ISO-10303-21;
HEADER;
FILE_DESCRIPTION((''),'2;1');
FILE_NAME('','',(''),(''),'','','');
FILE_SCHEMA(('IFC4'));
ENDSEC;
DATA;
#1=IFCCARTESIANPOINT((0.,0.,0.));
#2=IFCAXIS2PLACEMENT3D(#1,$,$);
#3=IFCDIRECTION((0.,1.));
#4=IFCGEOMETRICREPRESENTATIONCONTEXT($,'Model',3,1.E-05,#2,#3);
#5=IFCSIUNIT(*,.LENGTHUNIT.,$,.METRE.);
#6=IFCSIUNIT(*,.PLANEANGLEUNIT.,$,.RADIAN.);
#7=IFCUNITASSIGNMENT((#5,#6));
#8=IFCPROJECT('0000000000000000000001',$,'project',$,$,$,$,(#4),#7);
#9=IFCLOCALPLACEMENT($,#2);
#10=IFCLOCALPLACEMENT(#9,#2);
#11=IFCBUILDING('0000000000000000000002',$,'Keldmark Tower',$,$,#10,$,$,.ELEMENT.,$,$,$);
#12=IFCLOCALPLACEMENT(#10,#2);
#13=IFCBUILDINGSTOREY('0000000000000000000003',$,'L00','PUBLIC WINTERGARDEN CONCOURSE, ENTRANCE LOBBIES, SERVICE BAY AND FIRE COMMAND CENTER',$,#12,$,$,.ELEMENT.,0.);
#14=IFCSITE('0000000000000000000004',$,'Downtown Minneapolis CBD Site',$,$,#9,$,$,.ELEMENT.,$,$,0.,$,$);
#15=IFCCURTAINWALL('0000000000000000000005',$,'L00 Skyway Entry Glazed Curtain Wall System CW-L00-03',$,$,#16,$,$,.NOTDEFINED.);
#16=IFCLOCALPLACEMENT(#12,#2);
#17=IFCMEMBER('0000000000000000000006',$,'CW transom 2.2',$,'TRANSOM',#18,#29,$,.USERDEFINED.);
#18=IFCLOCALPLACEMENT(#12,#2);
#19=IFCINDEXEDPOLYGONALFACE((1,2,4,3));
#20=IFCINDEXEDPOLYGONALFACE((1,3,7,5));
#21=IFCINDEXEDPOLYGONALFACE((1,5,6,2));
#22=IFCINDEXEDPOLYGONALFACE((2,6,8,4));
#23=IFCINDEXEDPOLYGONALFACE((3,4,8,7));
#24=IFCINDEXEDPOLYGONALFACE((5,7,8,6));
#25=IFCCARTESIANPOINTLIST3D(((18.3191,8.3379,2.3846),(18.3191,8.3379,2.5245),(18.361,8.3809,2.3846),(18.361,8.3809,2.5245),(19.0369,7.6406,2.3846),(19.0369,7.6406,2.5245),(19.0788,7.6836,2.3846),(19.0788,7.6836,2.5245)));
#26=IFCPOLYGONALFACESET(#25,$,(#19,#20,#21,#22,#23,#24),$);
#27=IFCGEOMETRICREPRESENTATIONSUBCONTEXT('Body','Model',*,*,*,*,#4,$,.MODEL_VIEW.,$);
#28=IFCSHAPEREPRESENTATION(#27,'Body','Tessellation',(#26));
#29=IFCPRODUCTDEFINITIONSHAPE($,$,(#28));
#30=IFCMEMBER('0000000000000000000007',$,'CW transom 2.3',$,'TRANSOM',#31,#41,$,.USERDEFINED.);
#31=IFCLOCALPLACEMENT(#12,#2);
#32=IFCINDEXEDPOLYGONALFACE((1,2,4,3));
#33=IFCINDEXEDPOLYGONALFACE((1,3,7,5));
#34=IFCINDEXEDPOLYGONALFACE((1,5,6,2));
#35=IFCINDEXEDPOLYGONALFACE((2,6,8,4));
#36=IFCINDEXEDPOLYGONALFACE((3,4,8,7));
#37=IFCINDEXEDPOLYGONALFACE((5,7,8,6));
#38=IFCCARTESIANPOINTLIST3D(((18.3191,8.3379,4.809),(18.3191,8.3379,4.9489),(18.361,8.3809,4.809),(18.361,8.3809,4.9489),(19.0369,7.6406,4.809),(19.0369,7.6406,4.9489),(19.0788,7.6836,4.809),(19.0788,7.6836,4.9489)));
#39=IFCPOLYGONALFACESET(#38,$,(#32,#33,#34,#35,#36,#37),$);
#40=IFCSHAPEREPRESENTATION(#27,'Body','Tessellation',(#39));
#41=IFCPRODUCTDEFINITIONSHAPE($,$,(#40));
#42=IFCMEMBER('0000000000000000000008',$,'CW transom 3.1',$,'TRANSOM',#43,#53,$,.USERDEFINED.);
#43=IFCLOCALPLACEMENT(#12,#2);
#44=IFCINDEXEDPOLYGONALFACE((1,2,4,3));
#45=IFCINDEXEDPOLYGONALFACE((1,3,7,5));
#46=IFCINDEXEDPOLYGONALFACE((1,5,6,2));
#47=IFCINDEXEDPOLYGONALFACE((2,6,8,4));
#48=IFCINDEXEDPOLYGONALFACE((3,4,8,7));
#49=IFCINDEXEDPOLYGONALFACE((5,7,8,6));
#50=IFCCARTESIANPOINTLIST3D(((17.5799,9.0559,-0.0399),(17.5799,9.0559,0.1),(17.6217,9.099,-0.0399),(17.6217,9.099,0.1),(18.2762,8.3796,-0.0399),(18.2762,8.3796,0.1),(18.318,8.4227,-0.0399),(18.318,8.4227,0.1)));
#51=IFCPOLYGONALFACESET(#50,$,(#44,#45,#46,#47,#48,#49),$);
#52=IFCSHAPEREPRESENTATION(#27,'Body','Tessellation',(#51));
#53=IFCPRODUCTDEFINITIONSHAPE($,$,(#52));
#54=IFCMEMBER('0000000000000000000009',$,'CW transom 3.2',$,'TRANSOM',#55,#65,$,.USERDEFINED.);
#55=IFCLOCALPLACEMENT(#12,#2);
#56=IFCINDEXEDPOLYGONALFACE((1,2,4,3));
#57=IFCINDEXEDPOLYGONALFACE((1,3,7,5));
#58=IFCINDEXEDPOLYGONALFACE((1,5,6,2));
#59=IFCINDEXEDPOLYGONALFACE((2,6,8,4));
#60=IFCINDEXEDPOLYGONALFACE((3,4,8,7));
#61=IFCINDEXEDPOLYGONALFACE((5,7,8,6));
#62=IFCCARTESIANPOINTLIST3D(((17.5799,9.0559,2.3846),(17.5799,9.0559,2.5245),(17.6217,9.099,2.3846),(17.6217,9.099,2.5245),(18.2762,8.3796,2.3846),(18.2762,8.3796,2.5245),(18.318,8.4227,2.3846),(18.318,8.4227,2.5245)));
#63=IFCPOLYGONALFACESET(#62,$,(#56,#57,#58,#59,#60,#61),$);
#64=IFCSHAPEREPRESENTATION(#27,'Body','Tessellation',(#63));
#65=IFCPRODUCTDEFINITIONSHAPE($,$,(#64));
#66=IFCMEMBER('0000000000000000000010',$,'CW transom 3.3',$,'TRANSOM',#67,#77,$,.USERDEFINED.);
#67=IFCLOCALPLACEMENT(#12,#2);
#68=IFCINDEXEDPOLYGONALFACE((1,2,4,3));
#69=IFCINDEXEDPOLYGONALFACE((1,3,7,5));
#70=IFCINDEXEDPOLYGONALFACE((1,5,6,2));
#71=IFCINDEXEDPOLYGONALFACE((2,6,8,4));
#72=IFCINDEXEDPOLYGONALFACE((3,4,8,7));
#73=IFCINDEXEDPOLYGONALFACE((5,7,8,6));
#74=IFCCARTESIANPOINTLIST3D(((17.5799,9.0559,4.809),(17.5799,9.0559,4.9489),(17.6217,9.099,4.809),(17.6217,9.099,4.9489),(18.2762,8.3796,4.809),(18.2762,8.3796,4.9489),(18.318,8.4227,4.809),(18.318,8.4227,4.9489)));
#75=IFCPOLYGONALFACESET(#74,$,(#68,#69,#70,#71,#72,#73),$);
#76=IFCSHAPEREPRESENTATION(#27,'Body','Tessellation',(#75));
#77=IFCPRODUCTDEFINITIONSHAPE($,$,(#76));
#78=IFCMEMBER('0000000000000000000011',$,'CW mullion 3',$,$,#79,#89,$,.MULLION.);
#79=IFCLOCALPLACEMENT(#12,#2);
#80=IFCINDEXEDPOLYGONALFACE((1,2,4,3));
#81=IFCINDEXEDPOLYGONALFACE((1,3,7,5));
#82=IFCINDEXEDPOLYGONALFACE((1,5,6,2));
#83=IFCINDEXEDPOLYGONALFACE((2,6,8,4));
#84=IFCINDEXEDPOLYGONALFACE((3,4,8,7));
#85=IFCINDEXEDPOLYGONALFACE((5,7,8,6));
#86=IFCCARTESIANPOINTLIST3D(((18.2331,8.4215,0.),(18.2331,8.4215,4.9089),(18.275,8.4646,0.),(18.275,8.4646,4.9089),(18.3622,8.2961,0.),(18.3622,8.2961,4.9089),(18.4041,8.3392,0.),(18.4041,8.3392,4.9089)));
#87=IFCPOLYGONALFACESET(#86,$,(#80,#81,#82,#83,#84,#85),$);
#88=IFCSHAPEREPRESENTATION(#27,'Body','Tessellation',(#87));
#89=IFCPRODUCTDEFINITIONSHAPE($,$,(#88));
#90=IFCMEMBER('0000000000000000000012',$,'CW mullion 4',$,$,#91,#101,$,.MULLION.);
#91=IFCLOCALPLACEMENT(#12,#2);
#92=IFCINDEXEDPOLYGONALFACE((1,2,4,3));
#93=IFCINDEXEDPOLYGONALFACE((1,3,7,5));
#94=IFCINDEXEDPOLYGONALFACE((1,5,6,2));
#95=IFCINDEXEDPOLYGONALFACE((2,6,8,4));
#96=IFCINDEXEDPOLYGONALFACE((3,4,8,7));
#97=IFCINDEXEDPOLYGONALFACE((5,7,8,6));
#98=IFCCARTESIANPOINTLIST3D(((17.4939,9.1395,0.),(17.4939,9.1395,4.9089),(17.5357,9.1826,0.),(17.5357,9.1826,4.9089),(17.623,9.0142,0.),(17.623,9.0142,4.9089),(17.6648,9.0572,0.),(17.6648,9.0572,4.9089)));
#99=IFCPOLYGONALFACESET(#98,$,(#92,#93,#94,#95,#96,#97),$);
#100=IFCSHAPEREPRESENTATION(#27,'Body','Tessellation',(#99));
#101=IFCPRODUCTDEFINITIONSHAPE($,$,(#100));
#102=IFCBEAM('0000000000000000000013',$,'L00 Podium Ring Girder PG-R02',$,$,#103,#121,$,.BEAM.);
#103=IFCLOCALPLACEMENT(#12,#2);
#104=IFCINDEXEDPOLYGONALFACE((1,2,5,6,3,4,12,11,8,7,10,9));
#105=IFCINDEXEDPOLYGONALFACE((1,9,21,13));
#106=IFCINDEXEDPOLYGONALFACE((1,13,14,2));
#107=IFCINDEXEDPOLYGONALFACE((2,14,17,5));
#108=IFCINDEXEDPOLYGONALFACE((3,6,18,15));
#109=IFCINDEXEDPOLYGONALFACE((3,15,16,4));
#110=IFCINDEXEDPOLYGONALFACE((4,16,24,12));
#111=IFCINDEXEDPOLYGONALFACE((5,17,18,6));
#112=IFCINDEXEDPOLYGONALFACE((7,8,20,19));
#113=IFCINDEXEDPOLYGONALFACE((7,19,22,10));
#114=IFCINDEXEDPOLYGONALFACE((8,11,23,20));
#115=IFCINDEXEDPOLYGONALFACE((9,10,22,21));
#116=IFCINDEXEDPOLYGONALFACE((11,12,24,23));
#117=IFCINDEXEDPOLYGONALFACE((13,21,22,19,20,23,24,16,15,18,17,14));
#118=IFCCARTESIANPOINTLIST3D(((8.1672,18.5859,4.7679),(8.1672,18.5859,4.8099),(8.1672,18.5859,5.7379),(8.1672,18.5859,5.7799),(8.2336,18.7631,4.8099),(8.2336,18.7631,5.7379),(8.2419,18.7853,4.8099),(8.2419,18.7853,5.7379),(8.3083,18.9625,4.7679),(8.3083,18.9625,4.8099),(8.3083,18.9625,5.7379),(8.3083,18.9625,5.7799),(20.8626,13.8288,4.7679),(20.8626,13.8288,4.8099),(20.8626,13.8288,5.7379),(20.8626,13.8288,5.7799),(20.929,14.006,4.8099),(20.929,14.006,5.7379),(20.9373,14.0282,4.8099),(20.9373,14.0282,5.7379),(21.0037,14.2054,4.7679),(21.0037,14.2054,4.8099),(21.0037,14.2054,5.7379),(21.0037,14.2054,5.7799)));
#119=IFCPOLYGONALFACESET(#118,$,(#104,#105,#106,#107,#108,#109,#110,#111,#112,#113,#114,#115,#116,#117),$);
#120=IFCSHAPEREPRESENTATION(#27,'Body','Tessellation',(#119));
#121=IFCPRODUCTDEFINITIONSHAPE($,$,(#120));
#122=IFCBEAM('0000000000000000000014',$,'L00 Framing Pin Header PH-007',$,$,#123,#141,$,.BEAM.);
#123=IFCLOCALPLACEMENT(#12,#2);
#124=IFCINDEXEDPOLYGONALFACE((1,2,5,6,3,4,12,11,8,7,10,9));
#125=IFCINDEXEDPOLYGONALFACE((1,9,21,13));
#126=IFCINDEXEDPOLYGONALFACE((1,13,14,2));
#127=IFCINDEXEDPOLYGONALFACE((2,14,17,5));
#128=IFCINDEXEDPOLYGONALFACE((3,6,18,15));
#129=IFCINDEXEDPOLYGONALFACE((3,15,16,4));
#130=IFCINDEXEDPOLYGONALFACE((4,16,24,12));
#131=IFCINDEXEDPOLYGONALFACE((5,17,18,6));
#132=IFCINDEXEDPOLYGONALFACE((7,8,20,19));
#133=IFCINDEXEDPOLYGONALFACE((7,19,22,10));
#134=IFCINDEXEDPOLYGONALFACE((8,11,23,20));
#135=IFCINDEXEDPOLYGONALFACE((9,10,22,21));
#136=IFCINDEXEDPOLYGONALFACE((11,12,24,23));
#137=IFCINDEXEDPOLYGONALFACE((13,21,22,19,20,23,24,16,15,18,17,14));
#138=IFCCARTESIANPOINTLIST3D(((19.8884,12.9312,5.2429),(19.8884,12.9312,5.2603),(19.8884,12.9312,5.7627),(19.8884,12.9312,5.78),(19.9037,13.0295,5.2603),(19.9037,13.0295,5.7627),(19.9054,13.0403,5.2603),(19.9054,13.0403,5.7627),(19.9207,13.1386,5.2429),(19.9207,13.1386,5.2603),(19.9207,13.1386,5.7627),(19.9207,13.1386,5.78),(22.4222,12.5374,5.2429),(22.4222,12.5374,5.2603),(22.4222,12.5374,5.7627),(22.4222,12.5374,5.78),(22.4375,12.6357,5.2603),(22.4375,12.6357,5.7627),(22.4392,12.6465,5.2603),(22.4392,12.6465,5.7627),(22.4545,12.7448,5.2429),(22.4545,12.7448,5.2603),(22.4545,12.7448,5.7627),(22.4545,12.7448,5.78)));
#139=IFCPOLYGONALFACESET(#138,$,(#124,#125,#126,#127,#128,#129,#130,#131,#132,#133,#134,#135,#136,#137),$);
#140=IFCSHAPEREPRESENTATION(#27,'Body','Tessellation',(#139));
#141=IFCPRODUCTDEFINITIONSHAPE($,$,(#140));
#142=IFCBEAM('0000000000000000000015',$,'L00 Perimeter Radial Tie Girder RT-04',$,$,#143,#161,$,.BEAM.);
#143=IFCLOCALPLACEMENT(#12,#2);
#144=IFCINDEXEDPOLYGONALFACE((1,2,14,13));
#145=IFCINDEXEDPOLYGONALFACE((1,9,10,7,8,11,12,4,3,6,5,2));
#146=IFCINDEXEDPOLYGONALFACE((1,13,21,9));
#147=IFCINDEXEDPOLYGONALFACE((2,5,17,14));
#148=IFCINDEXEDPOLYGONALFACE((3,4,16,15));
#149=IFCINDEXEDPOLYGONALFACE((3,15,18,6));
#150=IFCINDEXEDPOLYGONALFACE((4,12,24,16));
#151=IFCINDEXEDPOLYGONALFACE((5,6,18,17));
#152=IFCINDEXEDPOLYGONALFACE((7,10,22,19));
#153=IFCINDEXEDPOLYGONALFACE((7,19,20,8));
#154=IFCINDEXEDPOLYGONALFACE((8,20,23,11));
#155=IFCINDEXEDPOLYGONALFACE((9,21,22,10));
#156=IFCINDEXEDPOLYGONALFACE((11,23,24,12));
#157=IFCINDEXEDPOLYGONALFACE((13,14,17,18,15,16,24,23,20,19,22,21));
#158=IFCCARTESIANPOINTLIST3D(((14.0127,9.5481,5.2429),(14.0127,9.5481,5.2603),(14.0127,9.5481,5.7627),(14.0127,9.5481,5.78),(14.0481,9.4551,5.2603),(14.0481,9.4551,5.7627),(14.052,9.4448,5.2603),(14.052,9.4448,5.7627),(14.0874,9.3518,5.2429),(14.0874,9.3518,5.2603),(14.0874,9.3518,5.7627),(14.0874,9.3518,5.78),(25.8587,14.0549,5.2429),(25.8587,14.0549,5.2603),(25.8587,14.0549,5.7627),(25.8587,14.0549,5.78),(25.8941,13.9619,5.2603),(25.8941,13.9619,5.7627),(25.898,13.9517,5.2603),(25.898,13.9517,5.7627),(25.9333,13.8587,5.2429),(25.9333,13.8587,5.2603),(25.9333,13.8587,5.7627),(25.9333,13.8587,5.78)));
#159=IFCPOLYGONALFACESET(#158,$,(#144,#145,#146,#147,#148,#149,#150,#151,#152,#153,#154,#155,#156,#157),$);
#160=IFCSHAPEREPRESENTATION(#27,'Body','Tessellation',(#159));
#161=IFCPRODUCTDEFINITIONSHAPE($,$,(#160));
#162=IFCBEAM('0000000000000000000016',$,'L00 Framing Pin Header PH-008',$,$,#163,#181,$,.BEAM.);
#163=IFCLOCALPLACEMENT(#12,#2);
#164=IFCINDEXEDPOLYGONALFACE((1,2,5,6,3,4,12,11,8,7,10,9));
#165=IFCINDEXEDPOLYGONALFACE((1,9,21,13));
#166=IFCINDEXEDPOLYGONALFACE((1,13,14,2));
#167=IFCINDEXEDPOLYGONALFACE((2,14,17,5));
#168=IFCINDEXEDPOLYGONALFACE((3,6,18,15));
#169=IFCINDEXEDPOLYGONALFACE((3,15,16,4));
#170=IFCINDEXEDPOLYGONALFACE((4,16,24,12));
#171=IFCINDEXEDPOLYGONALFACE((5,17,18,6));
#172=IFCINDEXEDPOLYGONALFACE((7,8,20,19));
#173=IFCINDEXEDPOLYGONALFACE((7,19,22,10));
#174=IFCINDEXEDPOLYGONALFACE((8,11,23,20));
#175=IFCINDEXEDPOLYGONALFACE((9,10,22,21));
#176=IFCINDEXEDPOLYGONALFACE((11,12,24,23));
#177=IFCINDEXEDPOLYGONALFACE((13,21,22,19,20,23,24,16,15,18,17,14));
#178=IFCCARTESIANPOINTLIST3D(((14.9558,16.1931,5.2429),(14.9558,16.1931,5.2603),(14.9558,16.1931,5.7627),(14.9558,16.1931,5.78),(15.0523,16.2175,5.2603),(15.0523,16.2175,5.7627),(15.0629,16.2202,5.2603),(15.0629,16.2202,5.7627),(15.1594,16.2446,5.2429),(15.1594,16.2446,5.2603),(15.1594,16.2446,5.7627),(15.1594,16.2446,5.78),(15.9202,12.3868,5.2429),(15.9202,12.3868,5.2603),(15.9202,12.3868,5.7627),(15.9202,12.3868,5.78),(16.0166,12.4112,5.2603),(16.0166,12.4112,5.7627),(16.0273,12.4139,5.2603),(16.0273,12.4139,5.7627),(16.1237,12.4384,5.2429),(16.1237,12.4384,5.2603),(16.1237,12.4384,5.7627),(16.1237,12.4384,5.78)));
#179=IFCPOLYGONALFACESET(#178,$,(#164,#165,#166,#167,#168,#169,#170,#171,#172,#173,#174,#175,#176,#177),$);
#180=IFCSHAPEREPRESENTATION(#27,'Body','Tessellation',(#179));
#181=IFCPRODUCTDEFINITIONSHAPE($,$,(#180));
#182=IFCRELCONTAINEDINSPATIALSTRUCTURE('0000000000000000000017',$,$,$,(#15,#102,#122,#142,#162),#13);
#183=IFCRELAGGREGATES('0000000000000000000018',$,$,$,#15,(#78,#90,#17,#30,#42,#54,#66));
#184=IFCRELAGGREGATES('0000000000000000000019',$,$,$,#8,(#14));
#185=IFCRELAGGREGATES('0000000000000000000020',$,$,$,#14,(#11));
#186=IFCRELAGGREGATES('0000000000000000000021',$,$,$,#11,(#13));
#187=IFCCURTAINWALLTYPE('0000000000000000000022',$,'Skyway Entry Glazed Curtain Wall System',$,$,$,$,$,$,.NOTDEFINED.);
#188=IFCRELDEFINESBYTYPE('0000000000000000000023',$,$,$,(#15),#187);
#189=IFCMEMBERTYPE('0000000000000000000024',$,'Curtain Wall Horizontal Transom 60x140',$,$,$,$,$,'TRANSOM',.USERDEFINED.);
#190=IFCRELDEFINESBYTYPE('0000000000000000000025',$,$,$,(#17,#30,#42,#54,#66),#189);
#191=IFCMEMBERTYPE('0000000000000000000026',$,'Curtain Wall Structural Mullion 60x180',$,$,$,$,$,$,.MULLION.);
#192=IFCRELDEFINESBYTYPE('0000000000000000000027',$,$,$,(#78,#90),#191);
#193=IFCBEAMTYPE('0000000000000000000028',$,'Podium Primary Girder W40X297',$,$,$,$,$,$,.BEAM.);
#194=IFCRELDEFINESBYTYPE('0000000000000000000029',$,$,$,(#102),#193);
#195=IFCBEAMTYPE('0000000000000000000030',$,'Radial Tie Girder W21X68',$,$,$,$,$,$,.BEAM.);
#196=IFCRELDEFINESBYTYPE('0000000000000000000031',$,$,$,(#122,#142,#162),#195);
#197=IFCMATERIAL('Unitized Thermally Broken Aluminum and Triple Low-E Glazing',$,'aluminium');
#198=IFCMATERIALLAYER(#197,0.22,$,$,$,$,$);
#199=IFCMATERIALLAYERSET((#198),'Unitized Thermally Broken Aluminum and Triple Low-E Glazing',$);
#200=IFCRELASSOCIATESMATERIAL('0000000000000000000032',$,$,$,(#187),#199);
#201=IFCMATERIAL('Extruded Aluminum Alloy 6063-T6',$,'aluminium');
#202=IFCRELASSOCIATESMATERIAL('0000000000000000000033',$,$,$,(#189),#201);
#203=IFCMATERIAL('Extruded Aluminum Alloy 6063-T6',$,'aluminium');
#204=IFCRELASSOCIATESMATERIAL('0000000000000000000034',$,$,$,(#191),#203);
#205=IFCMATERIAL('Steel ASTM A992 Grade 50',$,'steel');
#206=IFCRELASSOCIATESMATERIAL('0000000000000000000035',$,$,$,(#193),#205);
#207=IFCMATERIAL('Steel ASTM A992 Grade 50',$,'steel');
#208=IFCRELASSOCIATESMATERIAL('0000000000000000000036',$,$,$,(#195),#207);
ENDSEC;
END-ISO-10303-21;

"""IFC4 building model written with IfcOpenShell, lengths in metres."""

from ifc_helpers import new_model, si_unit, direction, frame, origin, origin_2d, place, context, subcontext, project, spatial, rectangle, i_section, extrude, material, layer, layer_set, material_profile, profile_set, type_object, element, aggregate, save


model = new_model("IFC4")

# Units and contexts
model_context = context("Model", 3, precision=1e-05, world=origin(), true_north=direction((0.0, 1.0)))
body_context = subcontext(model_context, "Body", "Model", "MODEL_VIEW")
ifc_project = project(units=[si_unit("LENGTHUNIT", "METRE"), si_unit("PLANEANGLEUNIT", "RADIAN")], contexts=[model_context])

# Site, building, storey
site_placement = place(None, origin())
site = spatial("IfcSite", under=ifc_project, at=site_placement, Name="Downtown Minneapolis CBD Site", CompositionType="ELEMENT", RefElevation=0.0)
building_placement = place(site_placement, origin())
building = spatial("IfcBuilding", under=site, at=building_placement, Name="Keldmark Tower", CompositionType="ELEMENT")
storey_placement = place(building_placement, origin())
storey = spatial("IfcBuildingStorey", under=building, at=storey_placement, Name="L00", Description="PUBLIC WINTERGARDEN CONCOURSE, ENTRANCE LOBBIES, SERVICE BAY AND FIRE COMMAND CENTER", CompositionType="ELEMENT", Elevation=0.0)

# Curtain wall, members
ifc_material_1 = material(Name="Unitized Thermally Broken Aluminum and Triple Low-E Glazing", Category="aluminium")
ifc_layer_1 = layer(ifc_material_1, 0.22)
ifc_layer_set_1 = layer_set([ifc_layer_1], Name="Unitized Thermally Broken Aluminum and Triple Low-E Glazing")
curtain_wall_type = type_object("IfcCurtainWallType", Name="Skyway Entry Glazed Curtain Wall System", PredefinedType="NOTDEFINED", material=ifc_layer_set_1)
curtain_wall_placement = place(storey_placement, origin())
curtain_wall = element("IfcCurtainWall", 1, at=curtain_wall_placement, inside=storey, type_object=curtain_wall_type, Name="L00 Skyway Entry Glazed Curtain Wall System CW-L00-03", PredefinedType="NOTDEFINED")
ifc_material_2 = material(Name="Extruded Aluminum Alloy 6063-T6", Category="aluminium")
ifc_material_profile_1 = material_profile(ifc_material_2, rectangle(XDim=0.0601, YDim=0.1399, at=origin_2d()), Name="CWT60X140")
ifc_profile_set_1 = profile_set([ifc_material_profile_1], Name="Extruded Aluminum Alloy 6063-T6")
member_type_1 = type_object("IfcMemberType", Name="Curtain Wall Horizontal Transom 60x140", ElementType="TRANSOM", PredefinedType="USERDEFINED", material=ifc_profile_set_1)
member_1_placement = place(storey_placement, frame((19.0579, 7.6621, 2.4546), z_axis=(-0.717279, 0.696786, 0.0), x_axis=(-0.696786, -0.717279, 0.0)))
member_1 = element("IfcMember", 2, at=member_1_placement, type_object=member_type_1, Name="CW transom 2.2", ObjectType="TRANSOM", PredefinedType="USERDEFINED", context=body_context, shape_type="SweptSolid", body=[
    extrude(rectangle(XDim=0.0601, YDim=0.1399, at=origin_2d()), origin(), (0.0, 0.0, 1.0), 1.0007),
])
member_2_placement = place(storey_placement, frame((19.0579, 7.6621, 4.8789), z_axis=(-0.717279, 0.696786, 0.0), x_axis=(-0.696786, -0.717279, 0.0)))
member_2 = element("IfcMember", 3, at=member_2_placement, type_object=member_type_1, Name="CW transom 2.3", ObjectType="TRANSOM", PredefinedType="USERDEFINED", context=body_context, shape_type="SweptSolid", body=[
    extrude(rectangle(XDim=0.0601, YDim=0.1399, at=origin_2d()), origin(), (0.0, 0.0, 1.0), 1.0007),
])
member_3_placement = place(storey_placement, frame((18.2971, 8.4011, 0.03), z_axis=(-0.717344, 0.696719, 0.0), x_axis=(-0.696719, -0.717344, 0.0)))
member_3 = element("IfcMember", 4, at=member_3_placement, type_object=member_type_1, Name="CW transom 3.1", ObjectType="TRANSOM", PredefinedType="USERDEFINED", context=body_context, shape_type="SweptSolid", body=[
    extrude(rectangle(XDim=0.0601, YDim=0.1399, at=origin_2d()), origin(), (0.0, 0.0, 1.0), 0.9707),
])
member_4_placement = place(storey_placement, frame((18.2971, 8.4011, 2.4546), z_axis=(-0.717344, 0.696719, 0.0), x_axis=(-0.696719, -0.717344, 0.0)))
member_4 = element("IfcMember", 5, at=member_4_placement, type_object=member_type_1, Name="CW transom 3.2", ObjectType="TRANSOM", PredefinedType="USERDEFINED", context=body_context, shape_type="SweptSolid", body=[
    extrude(rectangle(XDim=0.0601, YDim=0.1399, at=origin_2d()), origin(), (0.0, 0.0, 1.0), 0.9707),
])
member_5_placement = place(storey_placement, frame((18.2971, 8.4011, 4.8789), z_axis=(-0.717344, 0.696719, 0.0), x_axis=(-0.696719, -0.717344, 0.0)))
member_5 = element("IfcMember", 6, at=member_5_placement, type_object=member_type_1, Name="CW transom 3.3", ObjectType="TRANSOM", PredefinedType="USERDEFINED", context=body_context, shape_type="SweptSolid", body=[
    extrude(rectangle(XDim=0.0601, YDim=0.1399, at=origin_2d()), origin(), (0.0, 0.0, 1.0), 0.9707),
])
ifc_material_3 = material(Name="Extruded Aluminum Alloy 6063-T6", Category="aluminium")
ifc_material_profile_2 = material_profile(ifc_material_3, rectangle(XDim=0.0601, YDim=0.1799, at=origin_2d()), Name="CWM60X180")
ifc_profile_set_2 = profile_set([ifc_material_profile_2], Name="Extruded Aluminum Alloy 6063-T6")
member_type_2 = type_object("IfcMemberType", Name="Curtain Wall Structural Mullion 60x180", PredefinedType="MULLION", material=ifc_profile_set_2)
member_6_placement = place(storey_placement, frame((18.3186, 8.3804, 0.0), z_axis=(0.0, 0.0, 1.0), x_axis=(-0.696771, -0.717293, 0.0)))
member_6 = element("IfcMember", 7, at=member_6_placement, type_object=member_type_2, Name="CW mullion 3", PredefinedType="MULLION", context=body_context, shape_type="SweptSolid", body=[
    extrude(rectangle(XDim=0.0601, YDim=0.1799, at=origin_2d()), origin(), (0.0, 0.0, 1.0), 4.9089),
])
member_7_placement = place(storey_placement, frame((17.5793, 9.0984, 0.0), z_axis=(0.0, 0.0, 1.0), x_axis=(-0.696771, -0.717293, 0.0)))
member_7 = element("IfcMember", 8, at=member_7_placement, type_object=member_type_2, Name="CW mullion 4", PredefinedType="MULLION", context=body_context, shape_type="SweptSolid", body=[
    extrude(rectangle(XDim=0.0601, YDim=0.1799, at=origin_2d()), origin(), (0.0, 0.0, 1.0), 4.9089),
])

# Beams
ifc_material_4 = material(Name="Steel ASTM A992 Grade 50", Category="steel")
ifc_material_profile_3 = material_profile(ifc_material_4, i_section(OverallWidth=0.4021, OverallDepth=1.012, WebThickness=0.0237, FlangeThickness=0.042, at=origin_2d()), Name="W40X297")
ifc_profile_set_3 = profile_set([ifc_material_profile_3], Name="Steel ASTM A992 Grade 50")
beam_type_1 = type_object("IfcBeamType", Name="Podium Primary Girder W40X297", PredefinedType="BEAM", material=ifc_profile_set_3)
beam_1_placement = place(storey_placement, frame((20.9331, 14.0171, 5.2739), z_axis=(-0.936418, 0.350887, 0.0), x_axis=(-0.350887, -0.936418, 0.0)))
element("IfcBeam", 9, at=beam_1_placement, inside=storey, type_object=beam_type_1, Name="L00 Podium Ring Girder PG-R02", PredefinedType="BEAM", context=body_context, shape_type="SweptSolid", body=[
    extrude(i_section(OverallWidth=0.4021, OverallDepth=1.012, WebThickness=0.0237, FlangeThickness=0.042, at=origin_2d()), origin(), (0.0, 0.0, 1.0), 13.5574),
])
ifc_material_5 = material(Name="Steel ASTM A992 Grade 50", Category="steel")
ifc_material_profile_4 = material_profile(ifc_material_5, i_section(OverallWidth=0.21, OverallDepth=0.5371, WebThickness=0.011, FlangeThickness=0.0173, at=origin_2d()), Name="W21X68")
ifc_profile_set_4 = profile_set([ifc_material_profile_4], Name="Steel ASTM A992 Grade 50")
beam_type_2 = type_object("IfcBeamType", Name="Radial Tie Girder W21X68", PredefinedType="BEAM", material=ifc_profile_set_4)
beam_2_placement = place(storey_placement, frame((19.9045, 13.0349, 5.5115), z_axis=(0.988136, -0.153581, 0.0), x_axis=(0.153581, 0.988136, 0.0)))
element("IfcBeam", 10, at=beam_2_placement, inside=storey, type_object=beam_type_2, Name="L00 Framing Pin Header PH-007", PredefinedType="BEAM", context=body_context, shape_type="SweptSolid", body=[
    extrude(i_section(OverallWidth=0.21, OverallDepth=0.5371, WebThickness=0.011, FlangeThickness=0.0173, at=origin_2d()), origin(), (0.0, 0.0, 1.0), 2.5642),
])
beam_3_placement = place(storey_placement, frame((14.05, 9.45, 5.5115), z_axis=(0.934643, 0.355588, 0.0), x_axis=(-0.355588, 0.934643, 0.0)))
element("IfcBeam", 11, at=beam_3_placement, inside=storey, type_object=beam_type_2, Name="L00 Perimeter Radial Tie Girder RT-04", PredefinedType="BEAM", context=body_context, shape_type="SweptSolid", body=[
    extrude(i_section(OverallWidth=0.21, OverallDepth=0.5371, WebThickness=0.011, FlangeThickness=0.0173, at=origin_2d()), origin(), (0.0, 0.0, 1.0), 12.6743),
])
beam_4_placement = place(storey_placement, frame((16.022, 12.4126, 5.5115), z_axis=(-0.245607, 0.96937, 0.0), x_axis=(-0.96937, -0.245607, 0.0)))
element("IfcBeam", 12, at=beam_4_placement, inside=storey, type_object=beam_type_2, Name="L00 Framing Pin Header PH-008", PredefinedType="BEAM", context=body_context, shape_type="SweptSolid", body=[
    extrude(i_section(OverallWidth=0.21, OverallDepth=0.5371, WebThickness=0.011, FlangeThickness=0.0173, at=origin_2d()), origin(), (0.0, 0.0, 1.0), 3.9265),
])

aggregate(curtain_wall, [member_6, member_7, member_1, member_2, member_3, member_4, member_5])

save(model, "model.ifc")
